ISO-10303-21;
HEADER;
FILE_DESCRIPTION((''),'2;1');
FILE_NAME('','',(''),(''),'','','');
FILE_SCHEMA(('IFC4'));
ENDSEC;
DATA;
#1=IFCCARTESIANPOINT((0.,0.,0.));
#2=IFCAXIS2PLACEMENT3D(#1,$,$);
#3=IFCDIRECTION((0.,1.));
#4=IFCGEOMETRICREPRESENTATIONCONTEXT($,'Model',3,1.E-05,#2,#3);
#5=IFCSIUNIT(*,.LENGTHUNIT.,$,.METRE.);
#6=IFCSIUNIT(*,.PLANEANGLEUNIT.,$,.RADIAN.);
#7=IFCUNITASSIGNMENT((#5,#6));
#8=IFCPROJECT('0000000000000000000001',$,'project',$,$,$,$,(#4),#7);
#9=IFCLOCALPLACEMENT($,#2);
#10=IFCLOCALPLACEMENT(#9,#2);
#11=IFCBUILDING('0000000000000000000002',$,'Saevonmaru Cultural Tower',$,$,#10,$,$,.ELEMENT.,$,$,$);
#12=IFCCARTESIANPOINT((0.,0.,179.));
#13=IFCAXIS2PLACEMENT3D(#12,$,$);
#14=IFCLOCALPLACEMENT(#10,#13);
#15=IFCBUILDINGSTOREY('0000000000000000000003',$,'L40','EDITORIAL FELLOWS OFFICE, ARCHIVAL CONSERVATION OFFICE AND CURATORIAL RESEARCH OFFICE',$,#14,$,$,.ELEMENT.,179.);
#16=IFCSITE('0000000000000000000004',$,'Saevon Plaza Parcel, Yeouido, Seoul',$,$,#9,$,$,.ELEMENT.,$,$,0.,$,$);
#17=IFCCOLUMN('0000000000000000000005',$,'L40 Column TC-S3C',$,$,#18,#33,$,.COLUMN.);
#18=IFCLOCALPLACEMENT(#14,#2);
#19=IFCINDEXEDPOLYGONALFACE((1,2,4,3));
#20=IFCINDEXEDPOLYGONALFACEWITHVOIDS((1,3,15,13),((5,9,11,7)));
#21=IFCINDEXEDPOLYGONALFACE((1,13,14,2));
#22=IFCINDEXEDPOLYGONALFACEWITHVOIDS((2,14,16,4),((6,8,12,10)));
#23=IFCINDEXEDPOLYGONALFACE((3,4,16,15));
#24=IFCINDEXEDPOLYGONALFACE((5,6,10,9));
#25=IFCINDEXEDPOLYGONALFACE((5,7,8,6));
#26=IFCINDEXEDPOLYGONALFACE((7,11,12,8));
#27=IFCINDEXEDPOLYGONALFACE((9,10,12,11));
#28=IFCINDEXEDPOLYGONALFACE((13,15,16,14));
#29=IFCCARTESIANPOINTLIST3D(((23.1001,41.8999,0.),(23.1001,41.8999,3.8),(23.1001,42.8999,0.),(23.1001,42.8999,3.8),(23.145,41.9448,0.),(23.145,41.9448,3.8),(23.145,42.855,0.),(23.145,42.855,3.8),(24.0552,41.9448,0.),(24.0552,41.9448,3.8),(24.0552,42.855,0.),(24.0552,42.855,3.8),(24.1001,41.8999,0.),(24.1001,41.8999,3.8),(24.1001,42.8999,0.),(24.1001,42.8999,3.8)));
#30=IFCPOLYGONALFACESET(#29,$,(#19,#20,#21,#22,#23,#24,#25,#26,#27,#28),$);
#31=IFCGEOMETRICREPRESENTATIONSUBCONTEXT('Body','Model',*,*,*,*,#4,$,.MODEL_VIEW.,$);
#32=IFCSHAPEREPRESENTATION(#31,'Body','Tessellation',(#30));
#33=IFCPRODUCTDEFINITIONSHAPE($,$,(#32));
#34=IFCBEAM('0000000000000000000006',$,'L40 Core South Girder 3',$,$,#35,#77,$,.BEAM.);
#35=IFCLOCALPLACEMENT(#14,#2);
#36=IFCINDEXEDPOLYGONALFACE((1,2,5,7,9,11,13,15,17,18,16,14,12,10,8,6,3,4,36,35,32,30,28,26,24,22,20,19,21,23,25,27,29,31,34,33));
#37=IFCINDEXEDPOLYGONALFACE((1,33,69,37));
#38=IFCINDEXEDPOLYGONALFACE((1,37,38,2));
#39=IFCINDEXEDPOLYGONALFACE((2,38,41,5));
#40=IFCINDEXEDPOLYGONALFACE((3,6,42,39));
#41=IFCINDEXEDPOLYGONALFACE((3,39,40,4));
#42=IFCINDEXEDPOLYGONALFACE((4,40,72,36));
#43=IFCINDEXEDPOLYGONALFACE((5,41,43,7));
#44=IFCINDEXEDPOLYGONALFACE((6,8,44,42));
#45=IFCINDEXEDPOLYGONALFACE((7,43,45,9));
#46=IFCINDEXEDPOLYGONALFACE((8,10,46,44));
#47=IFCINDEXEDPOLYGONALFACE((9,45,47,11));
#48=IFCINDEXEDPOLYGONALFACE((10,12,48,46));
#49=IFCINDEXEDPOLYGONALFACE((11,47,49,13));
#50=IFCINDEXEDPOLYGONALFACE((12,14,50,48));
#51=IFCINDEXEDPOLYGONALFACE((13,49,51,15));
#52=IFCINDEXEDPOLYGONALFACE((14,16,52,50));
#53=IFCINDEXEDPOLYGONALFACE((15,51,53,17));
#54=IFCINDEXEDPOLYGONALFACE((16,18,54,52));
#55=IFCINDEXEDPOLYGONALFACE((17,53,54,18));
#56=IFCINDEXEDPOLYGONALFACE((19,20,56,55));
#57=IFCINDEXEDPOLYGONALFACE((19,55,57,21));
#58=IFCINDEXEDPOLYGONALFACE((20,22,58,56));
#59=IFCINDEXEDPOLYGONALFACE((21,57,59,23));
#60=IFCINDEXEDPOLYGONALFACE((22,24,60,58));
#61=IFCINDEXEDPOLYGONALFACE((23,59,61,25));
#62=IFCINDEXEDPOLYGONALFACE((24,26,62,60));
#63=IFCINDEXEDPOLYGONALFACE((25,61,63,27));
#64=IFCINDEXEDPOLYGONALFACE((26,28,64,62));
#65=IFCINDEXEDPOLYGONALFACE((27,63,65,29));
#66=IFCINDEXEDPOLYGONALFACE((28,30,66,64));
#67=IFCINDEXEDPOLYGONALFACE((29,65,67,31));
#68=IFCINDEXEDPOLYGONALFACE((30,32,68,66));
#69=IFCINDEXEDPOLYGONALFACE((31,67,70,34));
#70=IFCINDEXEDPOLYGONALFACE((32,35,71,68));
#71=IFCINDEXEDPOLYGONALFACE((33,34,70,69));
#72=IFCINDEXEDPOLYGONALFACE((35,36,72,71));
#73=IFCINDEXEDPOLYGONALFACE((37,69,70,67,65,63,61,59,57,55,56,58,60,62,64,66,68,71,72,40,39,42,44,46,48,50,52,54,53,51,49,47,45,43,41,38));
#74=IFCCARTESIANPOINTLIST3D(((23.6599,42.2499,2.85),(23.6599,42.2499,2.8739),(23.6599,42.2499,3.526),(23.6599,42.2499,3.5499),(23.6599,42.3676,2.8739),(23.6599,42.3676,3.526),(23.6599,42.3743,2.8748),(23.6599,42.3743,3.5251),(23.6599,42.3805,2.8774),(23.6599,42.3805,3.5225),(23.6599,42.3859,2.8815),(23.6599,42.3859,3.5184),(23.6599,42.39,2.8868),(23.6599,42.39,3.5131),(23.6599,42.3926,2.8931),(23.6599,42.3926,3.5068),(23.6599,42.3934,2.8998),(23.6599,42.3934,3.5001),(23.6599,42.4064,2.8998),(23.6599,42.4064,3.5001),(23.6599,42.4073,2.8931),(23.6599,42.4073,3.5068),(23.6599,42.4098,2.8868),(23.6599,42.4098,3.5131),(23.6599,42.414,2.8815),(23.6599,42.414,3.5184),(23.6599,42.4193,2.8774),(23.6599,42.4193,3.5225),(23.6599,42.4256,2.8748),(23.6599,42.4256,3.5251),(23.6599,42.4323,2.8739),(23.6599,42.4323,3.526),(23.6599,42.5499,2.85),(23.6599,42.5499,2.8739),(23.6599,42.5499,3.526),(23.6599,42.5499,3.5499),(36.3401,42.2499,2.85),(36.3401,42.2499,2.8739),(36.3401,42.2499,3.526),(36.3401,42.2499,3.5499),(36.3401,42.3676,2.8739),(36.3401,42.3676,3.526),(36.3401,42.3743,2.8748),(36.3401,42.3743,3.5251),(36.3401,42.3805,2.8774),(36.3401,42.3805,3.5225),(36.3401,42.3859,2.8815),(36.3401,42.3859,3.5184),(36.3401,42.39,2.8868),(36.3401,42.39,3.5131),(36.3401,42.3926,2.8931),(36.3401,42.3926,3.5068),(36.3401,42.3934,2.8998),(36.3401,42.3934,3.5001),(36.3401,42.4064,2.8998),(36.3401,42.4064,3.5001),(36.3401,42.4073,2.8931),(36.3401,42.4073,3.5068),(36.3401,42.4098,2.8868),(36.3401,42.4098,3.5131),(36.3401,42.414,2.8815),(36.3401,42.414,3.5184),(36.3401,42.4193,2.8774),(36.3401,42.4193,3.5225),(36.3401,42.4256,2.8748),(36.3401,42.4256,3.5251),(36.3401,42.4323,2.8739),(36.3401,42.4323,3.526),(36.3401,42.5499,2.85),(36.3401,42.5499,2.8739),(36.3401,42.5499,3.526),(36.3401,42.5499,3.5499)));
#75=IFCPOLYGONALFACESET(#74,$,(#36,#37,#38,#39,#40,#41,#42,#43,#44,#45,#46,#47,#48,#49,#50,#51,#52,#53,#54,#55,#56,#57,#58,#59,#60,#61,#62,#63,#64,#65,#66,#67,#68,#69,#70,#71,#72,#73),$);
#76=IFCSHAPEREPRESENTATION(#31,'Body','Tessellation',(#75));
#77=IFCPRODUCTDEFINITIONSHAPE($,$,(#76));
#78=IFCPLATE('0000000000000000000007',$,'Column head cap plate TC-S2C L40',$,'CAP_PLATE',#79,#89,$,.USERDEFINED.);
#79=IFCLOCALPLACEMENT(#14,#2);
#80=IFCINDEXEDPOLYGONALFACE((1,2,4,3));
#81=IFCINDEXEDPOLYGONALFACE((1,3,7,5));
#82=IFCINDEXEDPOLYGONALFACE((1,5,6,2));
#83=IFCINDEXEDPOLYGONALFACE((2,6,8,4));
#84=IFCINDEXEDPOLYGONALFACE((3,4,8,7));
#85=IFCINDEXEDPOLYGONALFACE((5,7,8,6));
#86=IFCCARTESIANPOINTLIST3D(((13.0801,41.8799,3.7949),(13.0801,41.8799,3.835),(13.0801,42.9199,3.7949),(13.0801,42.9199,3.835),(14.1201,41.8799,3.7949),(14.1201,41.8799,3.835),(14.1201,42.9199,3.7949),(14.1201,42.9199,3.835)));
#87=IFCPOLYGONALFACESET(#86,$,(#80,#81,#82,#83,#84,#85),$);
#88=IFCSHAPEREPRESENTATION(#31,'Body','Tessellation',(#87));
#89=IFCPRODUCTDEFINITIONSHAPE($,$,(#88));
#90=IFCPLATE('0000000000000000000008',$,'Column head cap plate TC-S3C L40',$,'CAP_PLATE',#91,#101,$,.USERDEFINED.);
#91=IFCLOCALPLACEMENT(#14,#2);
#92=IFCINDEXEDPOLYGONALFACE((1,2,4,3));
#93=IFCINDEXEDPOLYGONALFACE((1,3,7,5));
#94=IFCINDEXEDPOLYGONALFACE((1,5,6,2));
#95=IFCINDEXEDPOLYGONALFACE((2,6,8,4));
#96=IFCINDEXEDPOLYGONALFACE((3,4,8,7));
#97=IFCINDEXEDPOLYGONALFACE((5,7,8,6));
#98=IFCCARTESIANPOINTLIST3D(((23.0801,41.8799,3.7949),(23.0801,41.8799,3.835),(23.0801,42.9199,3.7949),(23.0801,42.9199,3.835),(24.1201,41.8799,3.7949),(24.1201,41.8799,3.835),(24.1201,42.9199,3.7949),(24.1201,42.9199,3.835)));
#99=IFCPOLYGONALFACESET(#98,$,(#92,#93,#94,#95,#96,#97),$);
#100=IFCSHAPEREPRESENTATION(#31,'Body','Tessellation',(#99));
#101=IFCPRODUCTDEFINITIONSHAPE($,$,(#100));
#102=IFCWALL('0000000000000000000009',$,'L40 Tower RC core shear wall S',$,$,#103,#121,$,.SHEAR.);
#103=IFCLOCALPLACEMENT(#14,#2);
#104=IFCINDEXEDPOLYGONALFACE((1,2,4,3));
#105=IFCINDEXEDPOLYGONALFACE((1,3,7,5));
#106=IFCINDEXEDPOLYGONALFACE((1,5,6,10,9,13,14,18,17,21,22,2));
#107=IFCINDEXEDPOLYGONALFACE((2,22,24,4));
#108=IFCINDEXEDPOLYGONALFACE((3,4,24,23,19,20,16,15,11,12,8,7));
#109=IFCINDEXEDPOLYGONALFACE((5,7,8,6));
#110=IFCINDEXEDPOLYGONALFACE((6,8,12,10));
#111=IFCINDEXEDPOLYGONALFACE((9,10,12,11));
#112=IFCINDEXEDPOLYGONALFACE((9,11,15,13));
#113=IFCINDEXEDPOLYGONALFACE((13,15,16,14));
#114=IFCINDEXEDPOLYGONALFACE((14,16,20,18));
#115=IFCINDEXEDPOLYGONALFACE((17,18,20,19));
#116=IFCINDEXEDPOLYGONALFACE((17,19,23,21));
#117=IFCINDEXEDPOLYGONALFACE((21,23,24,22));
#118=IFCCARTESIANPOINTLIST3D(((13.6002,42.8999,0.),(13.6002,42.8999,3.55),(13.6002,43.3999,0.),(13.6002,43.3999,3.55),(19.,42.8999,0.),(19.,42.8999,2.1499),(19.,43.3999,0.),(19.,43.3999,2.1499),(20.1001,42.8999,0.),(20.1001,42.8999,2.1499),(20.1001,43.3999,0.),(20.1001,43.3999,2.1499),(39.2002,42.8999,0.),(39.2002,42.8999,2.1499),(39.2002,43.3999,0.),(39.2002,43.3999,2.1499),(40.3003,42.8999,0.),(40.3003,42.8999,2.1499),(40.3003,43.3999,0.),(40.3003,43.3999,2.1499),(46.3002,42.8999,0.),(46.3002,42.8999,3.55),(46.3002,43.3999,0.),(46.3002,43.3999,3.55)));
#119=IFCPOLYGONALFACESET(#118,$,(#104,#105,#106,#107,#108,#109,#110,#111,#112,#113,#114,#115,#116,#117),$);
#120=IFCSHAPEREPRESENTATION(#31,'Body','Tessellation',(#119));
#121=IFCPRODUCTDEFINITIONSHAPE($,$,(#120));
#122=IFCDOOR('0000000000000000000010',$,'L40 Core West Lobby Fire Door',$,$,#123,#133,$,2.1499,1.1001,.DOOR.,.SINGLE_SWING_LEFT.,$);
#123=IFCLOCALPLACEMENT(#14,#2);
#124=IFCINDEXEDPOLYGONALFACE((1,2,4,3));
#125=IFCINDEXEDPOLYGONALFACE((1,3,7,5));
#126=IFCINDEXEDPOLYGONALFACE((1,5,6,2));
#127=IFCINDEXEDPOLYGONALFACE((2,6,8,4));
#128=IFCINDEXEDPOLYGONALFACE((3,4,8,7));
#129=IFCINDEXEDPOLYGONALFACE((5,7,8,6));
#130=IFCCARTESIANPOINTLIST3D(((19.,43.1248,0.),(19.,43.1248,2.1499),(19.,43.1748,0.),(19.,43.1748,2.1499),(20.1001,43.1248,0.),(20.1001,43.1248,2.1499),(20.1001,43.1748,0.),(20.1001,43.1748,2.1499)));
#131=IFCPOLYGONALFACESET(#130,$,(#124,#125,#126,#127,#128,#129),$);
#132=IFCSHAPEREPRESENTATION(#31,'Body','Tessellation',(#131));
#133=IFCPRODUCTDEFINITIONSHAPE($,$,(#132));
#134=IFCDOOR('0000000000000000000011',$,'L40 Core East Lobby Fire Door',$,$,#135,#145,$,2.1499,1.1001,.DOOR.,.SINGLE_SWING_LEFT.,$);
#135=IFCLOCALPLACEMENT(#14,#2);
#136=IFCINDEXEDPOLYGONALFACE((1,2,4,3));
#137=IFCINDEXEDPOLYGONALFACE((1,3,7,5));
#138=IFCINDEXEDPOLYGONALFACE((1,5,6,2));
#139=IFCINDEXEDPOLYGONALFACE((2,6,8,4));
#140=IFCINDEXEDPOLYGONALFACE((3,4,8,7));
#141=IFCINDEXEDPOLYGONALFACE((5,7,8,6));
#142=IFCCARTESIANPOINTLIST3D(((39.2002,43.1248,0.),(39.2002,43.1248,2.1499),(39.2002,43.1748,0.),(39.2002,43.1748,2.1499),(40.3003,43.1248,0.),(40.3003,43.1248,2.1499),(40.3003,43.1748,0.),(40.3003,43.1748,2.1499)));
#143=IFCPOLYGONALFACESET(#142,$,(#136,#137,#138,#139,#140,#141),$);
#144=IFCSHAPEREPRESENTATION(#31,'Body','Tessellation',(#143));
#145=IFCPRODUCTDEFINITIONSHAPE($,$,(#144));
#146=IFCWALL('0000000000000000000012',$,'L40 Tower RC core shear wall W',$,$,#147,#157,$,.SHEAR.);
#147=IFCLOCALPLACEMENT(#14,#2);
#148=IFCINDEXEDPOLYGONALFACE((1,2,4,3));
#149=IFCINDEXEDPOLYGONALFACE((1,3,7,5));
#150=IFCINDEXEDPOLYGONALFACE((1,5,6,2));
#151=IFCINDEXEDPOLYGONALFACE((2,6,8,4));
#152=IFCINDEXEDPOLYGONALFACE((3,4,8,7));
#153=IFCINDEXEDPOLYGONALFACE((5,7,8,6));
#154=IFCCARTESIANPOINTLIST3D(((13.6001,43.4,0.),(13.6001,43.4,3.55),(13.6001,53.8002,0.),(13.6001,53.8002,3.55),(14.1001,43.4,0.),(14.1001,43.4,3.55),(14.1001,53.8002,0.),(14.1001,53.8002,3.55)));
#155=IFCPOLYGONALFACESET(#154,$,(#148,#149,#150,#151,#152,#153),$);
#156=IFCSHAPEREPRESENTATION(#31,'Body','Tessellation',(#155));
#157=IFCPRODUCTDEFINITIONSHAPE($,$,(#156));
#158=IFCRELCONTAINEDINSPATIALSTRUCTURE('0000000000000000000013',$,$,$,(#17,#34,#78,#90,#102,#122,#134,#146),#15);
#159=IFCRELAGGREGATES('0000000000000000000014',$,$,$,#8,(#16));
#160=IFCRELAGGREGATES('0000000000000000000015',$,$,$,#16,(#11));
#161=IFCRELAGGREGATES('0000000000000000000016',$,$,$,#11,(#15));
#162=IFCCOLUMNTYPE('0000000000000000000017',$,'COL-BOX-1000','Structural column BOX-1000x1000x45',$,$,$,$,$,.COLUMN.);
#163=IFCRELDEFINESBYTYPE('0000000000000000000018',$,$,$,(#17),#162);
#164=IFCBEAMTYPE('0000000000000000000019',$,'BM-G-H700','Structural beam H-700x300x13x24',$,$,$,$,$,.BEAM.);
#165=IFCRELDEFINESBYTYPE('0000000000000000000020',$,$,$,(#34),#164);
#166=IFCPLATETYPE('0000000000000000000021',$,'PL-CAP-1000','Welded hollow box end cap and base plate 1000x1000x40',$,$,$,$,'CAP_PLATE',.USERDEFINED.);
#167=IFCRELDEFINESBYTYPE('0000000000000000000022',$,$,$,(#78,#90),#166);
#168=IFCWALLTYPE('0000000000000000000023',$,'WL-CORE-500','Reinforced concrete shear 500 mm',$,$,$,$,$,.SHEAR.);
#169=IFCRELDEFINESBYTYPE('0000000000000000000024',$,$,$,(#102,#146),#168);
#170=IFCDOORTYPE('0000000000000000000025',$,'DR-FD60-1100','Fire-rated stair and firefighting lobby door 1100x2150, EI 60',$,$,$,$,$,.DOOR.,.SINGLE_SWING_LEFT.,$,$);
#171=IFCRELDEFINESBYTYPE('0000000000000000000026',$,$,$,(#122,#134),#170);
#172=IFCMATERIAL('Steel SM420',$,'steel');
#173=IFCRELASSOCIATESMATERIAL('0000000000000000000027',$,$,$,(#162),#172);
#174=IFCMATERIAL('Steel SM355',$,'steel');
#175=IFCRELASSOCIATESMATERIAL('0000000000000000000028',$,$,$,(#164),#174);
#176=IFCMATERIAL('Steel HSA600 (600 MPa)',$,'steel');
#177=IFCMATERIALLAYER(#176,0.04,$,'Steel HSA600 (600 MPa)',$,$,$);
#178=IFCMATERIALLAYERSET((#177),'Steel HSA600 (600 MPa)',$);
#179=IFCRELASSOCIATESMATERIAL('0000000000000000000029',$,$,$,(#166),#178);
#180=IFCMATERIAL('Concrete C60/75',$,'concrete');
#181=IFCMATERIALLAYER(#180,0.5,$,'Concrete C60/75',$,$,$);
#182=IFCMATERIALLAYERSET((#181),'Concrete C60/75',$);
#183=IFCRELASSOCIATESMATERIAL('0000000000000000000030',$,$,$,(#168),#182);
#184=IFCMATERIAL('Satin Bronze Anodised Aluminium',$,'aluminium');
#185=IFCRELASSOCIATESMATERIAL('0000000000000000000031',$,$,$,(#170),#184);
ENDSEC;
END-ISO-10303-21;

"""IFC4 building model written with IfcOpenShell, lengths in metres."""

from ifc_helpers import new_model, si_unit, direction, frame, frame_2d, origin, origin_2d, place, context, subcontext, project, spatial, rectangle, hollow_rectangle, i_section, extrude, material, layer, layer_set, material_profile, profile_set, type_object, element, fill, save


model = new_model("IFC4")

# Units and contexts
model_context = context("Model", 3, precision=1e-05, world=origin(), true_north=direction((0.0, 1.0)))
body_context = subcontext(model_context, "Body", "Model", "MODEL_VIEW")
ifc_project = project(units=[si_unit("LENGTHUNIT", "METRE"), si_unit("PLANEANGLEUNIT", "RADIAN")], contexts=[model_context])

# Site, building, storey
site_placement = place(None, origin())
site = spatial("IfcSite", under=ifc_project, at=site_placement, Name="Saevon Plaza Parcel, Yeouido, Seoul", CompositionType="ELEMENT", RefElevation=0.0)
building_placement = place(site_placement, origin())
building = spatial("IfcBuilding", under=site, at=building_placement, Name="Saevonmaru Cultural Tower", CompositionType="ELEMENT")
storey_placement = place(building_placement, frame((0.0, 0.0, 179.0)))
storey = spatial("IfcBuildingStorey", under=building, at=storey_placement, Name="L40", Description="EDITORIAL FELLOWS OFFICE, ARCHIVAL CONSERVATION OFFICE AND CURATORIAL RESEARCH OFFICE", CompositionType="ELEMENT", Elevation=179.0)

# Column
ifc_material_1 = material(Name="Steel SM420", Category="steel")
ifc_material_profile_1 = material_profile(ifc_material_1, hollow_rectangle(XDim=1.0, YDim=1.0, WallThickness=0.0449, at=origin_2d()), Name="BOX-1000x1000x45")
ifc_profile_set_1 = profile_set([ifc_material_profile_1], Name="Steel SM420")
column_type = type_object("IfcColumnType", Name="COL-BOX-1000", Description="Structural column BOX-1000x1000x45", PredefinedType="COLUMN", material=ifc_profile_set_1)
column_placement = place(storey_placement, frame((23.6001, 42.3999, 0.0), z_axis=(0.0, 0.0, 1.0), x_axis=(1.0, 0.0, 0.0)))
element("IfcColumn", 1, at=column_placement, inside=storey, type_object=column_type, Name="L40 Column TC-S3C", PredefinedType="COLUMN", context=body_context, shape_type="SweptSolid", body=[
    extrude(hollow_rectangle(XDim=1.0, YDim=1.0, WallThickness=0.0449, at=origin_2d()), origin(), (0.0, 0.0, 1.0), 3.8),
])

# Beam
ifc_material_2 = material(Name="Steel SM355", Category="steel")
ifc_material_profile_2 = material_profile(ifc_material_2, i_section(OverallWidth=0.3, OverallDepth=0.7, WebThickness=0.0129, FlangeThickness=0.0239, FilletRadius=0.0259, at=origin_2d()), Name="H-700x300x13x24")
ifc_profile_set_2 = profile_set([ifc_material_profile_2], Name="Steel SM355")
beam_type = type_object("IfcBeamType", Name="BM-G-H700", Description="Structural beam H-700x300x13x24", PredefinedType="BEAM", material=ifc_profile_set_2)
beam_placement = place(storey_placement, frame((23.6599, 42.3999, 3.2), z_axis=(1.0, 0.0, 0.0), x_axis=(0.0, 1.0, 0.0)))
element("IfcBeam", 2, at=beam_placement, inside=storey, type_object=beam_type, Name="L40 Core South Girder 3", PredefinedType="BEAM", context=body_context, shape_type="SweptSolid", body=[
    extrude(i_section(OverallWidth=0.3, OverallDepth=0.7, WebThickness=0.0129, FlangeThickness=0.0239, FilletRadius=0.0259, at=origin_2d()), origin(), (0.0, 0.0, 1.0), 12.6802),
])

# Plates
ifc_material_3 = material(Name="Steel HSA600 (600 MPa)", Category="steel")
ifc_layer_1 = layer(ifc_material_3, 0.04, Name="Steel HSA600 (600 MPa)")
ifc_layer_set_1 = layer_set([ifc_layer_1], Name="Steel HSA600 (600 MPa)")
plate_type = type_object("IfcPlateType", Name="PL-CAP-1000", Description="Welded hollow box end cap and base plate 1000x1000x40", ElementType="CAP_PLATE", PredefinedType="USERDEFINED", material=ifc_layer_set_1)
for number, where, z_axis, x_axis, name in (
    (3, (13.6001, 42.3999, 3.7949), (0.0, 0.0, 1.0), (1.0, 0.0, 0.0), "Column head cap plate TC-S2C L40"),
    (4, (23.6001, 42.3999, 3.7949), (0.0, 0.0, 1.0), (1.0, 0.0, 0.0), "Column head cap plate TC-S3C L40"),
):
    element("IfcPlate", number, at=place(storey_placement, frame(where, z_axis=z_axis, x_axis=x_axis)), inside=storey, type_object=plate_type, Name=name, ObjectType="CAP_PLATE", PredefinedType="USERDEFINED", context=body_context, shape_type="SweptSolid", body=[
        extrude(rectangle(XDim=1.04, YDim=1.04, at=origin_2d()), origin(), (0.0, 0.0, 1.0), 0.04),
    ])

# Wall, openings, doors
ifc_material_4 = material(Name="Concrete C60/75", Category="concrete")
ifc_layer_2 = layer(ifc_material_4, 0.5, Name="Concrete C60/75")
ifc_layer_set_2 = layer_set([ifc_layer_2], Name="Concrete C60/75")
wall_type_1 = type_object("IfcWallType", Name="WL-CORE-500", Description="Reinforced concrete shear 500 mm", PredefinedType="SHEAR", material=ifc_layer_set_2)
wall_1_placement = place(storey_placement, frame((13.6001, 43.1499, 0.0), z_axis=(0.0, 0.0, 1.0), x_axis=(1.0, 0.0, 0.0)))
wall_1 = element("IfcWall", 5, at=wall_1_placement, inside=storey, type_object=wall_type_1, Name="L40 Tower RC core shear wall S", PredefinedType="SHEAR", context=body_context, shape_type="SweptSolid", body=[
    extrude(rectangle(XDim=32.7, YDim=0.5, at=frame_2d((16.3501, 0.0))), origin(), (0.0, 0.0, 1.0), 3.55),
])
opening_1_placement = place(wall_1_placement, frame((5.3999, 0.0, 0.0)))
opening_1 = element("IfcOpeningElement", 6, at=opening_1_placement, cuts=wall_1, PredefinedType="OPENING", context=body_context, shape_type="SweptSolid", body=[
    extrude(rectangle(XDim=1.1001, YDim=2.1499, at=frame_2d((0.55, 1.075))), frame((0.0, 0.26, 0.0), z_axis=(0.0, -1.0, 0.0), x_axis=(1.0, 0.0, 0.0)), (0.0, 0.0, 1.0), 0.52),
])
opening_2_placement = place(wall_1_placement, frame((25.6001, 0.0, 0.0)))
opening_2 = element("IfcOpeningElement", 7, at=opening_2_placement, cuts=wall_1, PredefinedType="OPENING", context=body_context, shape_type="SweptSolid", body=[
    extrude(rectangle(XDim=1.1001, YDim=2.1499, at=frame_2d((0.55, 1.075))), frame((0.0, 0.26, 0.0), z_axis=(0.0, -1.0, 0.0), x_axis=(1.0, 0.0, 0.0)), (0.0, 0.0, 1.0), 0.52),
])
ifc_material_5 = material(Name="Satin Bronze Anodised Aluminium", Category="aluminium")
door_type_1 = type_object("IfcDoorType", Name="DR-FD60-1100", Description="Fire-rated stair and firefighting lobby door 1100x2150, EI 60", OperationType="SINGLE_SWING_LEFT", PredefinedType="DOOR", material=ifc_material_5)
door_1_placement = place(opening_1_placement, origin())
door_1 = element("IfcDoor", 8, at=door_1_placement, inside=storey, type_object=door_type_1, Name="L40 Core West Lobby Fire Door", OperationType="SINGLE_SWING_LEFT", OverallHeight=2.1499, OverallWidth=1.1001, PredefinedType="DOOR", context=body_context, shape_type="SweptSolid", body=[
    extrude(rectangle(XDim=1.1001, YDim=2.1499, at=frame_2d((0.55, 1.075))), frame((0.0, 0.0249, 0.0), z_axis=(0.0, -1.0, 0.0), x_axis=(1.0, 0.0, 0.0)), (0.0, 0.0, 1.0), 0.05),
])
fill(opening_1, door_1)
door_2_placement = place(opening_2_placement, origin())
door_2 = element("IfcDoor", 9, at=door_2_placement, inside=storey, type_object=door_type_1, Name="L40 Core East Lobby Fire Door", OperationType="SINGLE_SWING_LEFT", OverallHeight=2.1499, OverallWidth=1.1001, PredefinedType="DOOR", context=body_context, shape_type="SweptSolid", body=[
    extrude(rectangle(XDim=1.1001, YDim=2.1499, at=frame_2d((0.55, 1.075))), frame((0.0, 0.0249, 0.0), z_axis=(0.0, -1.0, 0.0), x_axis=(1.0, 0.0, 0.0)), (0.0, 0.0, 1.0), 0.05),
])
fill(opening_2, door_2)

# Wall
wall_2_placement = place(storey_placement, frame((13.8501, 43.3999, 0.0), z_axis=(0.0, 0.0, 1.0), x_axis=(0.0, 1.0, 0.0)))
element("IfcWall", 10, at=wall_2_placement, inside=storey, type_object=wall_type_1, Name="L40 Tower RC core shear wall W", PredefinedType="SHEAR", context=body_context, shape_type="SweptSolid", body=[
    extrude(rectangle(XDim=10.4001, YDim=0.5, at=frame_2d((5.2002, 0.0))), origin(), (0.0, 0.0, 1.0), 3.55),
])

save(model, "model.ifc")
